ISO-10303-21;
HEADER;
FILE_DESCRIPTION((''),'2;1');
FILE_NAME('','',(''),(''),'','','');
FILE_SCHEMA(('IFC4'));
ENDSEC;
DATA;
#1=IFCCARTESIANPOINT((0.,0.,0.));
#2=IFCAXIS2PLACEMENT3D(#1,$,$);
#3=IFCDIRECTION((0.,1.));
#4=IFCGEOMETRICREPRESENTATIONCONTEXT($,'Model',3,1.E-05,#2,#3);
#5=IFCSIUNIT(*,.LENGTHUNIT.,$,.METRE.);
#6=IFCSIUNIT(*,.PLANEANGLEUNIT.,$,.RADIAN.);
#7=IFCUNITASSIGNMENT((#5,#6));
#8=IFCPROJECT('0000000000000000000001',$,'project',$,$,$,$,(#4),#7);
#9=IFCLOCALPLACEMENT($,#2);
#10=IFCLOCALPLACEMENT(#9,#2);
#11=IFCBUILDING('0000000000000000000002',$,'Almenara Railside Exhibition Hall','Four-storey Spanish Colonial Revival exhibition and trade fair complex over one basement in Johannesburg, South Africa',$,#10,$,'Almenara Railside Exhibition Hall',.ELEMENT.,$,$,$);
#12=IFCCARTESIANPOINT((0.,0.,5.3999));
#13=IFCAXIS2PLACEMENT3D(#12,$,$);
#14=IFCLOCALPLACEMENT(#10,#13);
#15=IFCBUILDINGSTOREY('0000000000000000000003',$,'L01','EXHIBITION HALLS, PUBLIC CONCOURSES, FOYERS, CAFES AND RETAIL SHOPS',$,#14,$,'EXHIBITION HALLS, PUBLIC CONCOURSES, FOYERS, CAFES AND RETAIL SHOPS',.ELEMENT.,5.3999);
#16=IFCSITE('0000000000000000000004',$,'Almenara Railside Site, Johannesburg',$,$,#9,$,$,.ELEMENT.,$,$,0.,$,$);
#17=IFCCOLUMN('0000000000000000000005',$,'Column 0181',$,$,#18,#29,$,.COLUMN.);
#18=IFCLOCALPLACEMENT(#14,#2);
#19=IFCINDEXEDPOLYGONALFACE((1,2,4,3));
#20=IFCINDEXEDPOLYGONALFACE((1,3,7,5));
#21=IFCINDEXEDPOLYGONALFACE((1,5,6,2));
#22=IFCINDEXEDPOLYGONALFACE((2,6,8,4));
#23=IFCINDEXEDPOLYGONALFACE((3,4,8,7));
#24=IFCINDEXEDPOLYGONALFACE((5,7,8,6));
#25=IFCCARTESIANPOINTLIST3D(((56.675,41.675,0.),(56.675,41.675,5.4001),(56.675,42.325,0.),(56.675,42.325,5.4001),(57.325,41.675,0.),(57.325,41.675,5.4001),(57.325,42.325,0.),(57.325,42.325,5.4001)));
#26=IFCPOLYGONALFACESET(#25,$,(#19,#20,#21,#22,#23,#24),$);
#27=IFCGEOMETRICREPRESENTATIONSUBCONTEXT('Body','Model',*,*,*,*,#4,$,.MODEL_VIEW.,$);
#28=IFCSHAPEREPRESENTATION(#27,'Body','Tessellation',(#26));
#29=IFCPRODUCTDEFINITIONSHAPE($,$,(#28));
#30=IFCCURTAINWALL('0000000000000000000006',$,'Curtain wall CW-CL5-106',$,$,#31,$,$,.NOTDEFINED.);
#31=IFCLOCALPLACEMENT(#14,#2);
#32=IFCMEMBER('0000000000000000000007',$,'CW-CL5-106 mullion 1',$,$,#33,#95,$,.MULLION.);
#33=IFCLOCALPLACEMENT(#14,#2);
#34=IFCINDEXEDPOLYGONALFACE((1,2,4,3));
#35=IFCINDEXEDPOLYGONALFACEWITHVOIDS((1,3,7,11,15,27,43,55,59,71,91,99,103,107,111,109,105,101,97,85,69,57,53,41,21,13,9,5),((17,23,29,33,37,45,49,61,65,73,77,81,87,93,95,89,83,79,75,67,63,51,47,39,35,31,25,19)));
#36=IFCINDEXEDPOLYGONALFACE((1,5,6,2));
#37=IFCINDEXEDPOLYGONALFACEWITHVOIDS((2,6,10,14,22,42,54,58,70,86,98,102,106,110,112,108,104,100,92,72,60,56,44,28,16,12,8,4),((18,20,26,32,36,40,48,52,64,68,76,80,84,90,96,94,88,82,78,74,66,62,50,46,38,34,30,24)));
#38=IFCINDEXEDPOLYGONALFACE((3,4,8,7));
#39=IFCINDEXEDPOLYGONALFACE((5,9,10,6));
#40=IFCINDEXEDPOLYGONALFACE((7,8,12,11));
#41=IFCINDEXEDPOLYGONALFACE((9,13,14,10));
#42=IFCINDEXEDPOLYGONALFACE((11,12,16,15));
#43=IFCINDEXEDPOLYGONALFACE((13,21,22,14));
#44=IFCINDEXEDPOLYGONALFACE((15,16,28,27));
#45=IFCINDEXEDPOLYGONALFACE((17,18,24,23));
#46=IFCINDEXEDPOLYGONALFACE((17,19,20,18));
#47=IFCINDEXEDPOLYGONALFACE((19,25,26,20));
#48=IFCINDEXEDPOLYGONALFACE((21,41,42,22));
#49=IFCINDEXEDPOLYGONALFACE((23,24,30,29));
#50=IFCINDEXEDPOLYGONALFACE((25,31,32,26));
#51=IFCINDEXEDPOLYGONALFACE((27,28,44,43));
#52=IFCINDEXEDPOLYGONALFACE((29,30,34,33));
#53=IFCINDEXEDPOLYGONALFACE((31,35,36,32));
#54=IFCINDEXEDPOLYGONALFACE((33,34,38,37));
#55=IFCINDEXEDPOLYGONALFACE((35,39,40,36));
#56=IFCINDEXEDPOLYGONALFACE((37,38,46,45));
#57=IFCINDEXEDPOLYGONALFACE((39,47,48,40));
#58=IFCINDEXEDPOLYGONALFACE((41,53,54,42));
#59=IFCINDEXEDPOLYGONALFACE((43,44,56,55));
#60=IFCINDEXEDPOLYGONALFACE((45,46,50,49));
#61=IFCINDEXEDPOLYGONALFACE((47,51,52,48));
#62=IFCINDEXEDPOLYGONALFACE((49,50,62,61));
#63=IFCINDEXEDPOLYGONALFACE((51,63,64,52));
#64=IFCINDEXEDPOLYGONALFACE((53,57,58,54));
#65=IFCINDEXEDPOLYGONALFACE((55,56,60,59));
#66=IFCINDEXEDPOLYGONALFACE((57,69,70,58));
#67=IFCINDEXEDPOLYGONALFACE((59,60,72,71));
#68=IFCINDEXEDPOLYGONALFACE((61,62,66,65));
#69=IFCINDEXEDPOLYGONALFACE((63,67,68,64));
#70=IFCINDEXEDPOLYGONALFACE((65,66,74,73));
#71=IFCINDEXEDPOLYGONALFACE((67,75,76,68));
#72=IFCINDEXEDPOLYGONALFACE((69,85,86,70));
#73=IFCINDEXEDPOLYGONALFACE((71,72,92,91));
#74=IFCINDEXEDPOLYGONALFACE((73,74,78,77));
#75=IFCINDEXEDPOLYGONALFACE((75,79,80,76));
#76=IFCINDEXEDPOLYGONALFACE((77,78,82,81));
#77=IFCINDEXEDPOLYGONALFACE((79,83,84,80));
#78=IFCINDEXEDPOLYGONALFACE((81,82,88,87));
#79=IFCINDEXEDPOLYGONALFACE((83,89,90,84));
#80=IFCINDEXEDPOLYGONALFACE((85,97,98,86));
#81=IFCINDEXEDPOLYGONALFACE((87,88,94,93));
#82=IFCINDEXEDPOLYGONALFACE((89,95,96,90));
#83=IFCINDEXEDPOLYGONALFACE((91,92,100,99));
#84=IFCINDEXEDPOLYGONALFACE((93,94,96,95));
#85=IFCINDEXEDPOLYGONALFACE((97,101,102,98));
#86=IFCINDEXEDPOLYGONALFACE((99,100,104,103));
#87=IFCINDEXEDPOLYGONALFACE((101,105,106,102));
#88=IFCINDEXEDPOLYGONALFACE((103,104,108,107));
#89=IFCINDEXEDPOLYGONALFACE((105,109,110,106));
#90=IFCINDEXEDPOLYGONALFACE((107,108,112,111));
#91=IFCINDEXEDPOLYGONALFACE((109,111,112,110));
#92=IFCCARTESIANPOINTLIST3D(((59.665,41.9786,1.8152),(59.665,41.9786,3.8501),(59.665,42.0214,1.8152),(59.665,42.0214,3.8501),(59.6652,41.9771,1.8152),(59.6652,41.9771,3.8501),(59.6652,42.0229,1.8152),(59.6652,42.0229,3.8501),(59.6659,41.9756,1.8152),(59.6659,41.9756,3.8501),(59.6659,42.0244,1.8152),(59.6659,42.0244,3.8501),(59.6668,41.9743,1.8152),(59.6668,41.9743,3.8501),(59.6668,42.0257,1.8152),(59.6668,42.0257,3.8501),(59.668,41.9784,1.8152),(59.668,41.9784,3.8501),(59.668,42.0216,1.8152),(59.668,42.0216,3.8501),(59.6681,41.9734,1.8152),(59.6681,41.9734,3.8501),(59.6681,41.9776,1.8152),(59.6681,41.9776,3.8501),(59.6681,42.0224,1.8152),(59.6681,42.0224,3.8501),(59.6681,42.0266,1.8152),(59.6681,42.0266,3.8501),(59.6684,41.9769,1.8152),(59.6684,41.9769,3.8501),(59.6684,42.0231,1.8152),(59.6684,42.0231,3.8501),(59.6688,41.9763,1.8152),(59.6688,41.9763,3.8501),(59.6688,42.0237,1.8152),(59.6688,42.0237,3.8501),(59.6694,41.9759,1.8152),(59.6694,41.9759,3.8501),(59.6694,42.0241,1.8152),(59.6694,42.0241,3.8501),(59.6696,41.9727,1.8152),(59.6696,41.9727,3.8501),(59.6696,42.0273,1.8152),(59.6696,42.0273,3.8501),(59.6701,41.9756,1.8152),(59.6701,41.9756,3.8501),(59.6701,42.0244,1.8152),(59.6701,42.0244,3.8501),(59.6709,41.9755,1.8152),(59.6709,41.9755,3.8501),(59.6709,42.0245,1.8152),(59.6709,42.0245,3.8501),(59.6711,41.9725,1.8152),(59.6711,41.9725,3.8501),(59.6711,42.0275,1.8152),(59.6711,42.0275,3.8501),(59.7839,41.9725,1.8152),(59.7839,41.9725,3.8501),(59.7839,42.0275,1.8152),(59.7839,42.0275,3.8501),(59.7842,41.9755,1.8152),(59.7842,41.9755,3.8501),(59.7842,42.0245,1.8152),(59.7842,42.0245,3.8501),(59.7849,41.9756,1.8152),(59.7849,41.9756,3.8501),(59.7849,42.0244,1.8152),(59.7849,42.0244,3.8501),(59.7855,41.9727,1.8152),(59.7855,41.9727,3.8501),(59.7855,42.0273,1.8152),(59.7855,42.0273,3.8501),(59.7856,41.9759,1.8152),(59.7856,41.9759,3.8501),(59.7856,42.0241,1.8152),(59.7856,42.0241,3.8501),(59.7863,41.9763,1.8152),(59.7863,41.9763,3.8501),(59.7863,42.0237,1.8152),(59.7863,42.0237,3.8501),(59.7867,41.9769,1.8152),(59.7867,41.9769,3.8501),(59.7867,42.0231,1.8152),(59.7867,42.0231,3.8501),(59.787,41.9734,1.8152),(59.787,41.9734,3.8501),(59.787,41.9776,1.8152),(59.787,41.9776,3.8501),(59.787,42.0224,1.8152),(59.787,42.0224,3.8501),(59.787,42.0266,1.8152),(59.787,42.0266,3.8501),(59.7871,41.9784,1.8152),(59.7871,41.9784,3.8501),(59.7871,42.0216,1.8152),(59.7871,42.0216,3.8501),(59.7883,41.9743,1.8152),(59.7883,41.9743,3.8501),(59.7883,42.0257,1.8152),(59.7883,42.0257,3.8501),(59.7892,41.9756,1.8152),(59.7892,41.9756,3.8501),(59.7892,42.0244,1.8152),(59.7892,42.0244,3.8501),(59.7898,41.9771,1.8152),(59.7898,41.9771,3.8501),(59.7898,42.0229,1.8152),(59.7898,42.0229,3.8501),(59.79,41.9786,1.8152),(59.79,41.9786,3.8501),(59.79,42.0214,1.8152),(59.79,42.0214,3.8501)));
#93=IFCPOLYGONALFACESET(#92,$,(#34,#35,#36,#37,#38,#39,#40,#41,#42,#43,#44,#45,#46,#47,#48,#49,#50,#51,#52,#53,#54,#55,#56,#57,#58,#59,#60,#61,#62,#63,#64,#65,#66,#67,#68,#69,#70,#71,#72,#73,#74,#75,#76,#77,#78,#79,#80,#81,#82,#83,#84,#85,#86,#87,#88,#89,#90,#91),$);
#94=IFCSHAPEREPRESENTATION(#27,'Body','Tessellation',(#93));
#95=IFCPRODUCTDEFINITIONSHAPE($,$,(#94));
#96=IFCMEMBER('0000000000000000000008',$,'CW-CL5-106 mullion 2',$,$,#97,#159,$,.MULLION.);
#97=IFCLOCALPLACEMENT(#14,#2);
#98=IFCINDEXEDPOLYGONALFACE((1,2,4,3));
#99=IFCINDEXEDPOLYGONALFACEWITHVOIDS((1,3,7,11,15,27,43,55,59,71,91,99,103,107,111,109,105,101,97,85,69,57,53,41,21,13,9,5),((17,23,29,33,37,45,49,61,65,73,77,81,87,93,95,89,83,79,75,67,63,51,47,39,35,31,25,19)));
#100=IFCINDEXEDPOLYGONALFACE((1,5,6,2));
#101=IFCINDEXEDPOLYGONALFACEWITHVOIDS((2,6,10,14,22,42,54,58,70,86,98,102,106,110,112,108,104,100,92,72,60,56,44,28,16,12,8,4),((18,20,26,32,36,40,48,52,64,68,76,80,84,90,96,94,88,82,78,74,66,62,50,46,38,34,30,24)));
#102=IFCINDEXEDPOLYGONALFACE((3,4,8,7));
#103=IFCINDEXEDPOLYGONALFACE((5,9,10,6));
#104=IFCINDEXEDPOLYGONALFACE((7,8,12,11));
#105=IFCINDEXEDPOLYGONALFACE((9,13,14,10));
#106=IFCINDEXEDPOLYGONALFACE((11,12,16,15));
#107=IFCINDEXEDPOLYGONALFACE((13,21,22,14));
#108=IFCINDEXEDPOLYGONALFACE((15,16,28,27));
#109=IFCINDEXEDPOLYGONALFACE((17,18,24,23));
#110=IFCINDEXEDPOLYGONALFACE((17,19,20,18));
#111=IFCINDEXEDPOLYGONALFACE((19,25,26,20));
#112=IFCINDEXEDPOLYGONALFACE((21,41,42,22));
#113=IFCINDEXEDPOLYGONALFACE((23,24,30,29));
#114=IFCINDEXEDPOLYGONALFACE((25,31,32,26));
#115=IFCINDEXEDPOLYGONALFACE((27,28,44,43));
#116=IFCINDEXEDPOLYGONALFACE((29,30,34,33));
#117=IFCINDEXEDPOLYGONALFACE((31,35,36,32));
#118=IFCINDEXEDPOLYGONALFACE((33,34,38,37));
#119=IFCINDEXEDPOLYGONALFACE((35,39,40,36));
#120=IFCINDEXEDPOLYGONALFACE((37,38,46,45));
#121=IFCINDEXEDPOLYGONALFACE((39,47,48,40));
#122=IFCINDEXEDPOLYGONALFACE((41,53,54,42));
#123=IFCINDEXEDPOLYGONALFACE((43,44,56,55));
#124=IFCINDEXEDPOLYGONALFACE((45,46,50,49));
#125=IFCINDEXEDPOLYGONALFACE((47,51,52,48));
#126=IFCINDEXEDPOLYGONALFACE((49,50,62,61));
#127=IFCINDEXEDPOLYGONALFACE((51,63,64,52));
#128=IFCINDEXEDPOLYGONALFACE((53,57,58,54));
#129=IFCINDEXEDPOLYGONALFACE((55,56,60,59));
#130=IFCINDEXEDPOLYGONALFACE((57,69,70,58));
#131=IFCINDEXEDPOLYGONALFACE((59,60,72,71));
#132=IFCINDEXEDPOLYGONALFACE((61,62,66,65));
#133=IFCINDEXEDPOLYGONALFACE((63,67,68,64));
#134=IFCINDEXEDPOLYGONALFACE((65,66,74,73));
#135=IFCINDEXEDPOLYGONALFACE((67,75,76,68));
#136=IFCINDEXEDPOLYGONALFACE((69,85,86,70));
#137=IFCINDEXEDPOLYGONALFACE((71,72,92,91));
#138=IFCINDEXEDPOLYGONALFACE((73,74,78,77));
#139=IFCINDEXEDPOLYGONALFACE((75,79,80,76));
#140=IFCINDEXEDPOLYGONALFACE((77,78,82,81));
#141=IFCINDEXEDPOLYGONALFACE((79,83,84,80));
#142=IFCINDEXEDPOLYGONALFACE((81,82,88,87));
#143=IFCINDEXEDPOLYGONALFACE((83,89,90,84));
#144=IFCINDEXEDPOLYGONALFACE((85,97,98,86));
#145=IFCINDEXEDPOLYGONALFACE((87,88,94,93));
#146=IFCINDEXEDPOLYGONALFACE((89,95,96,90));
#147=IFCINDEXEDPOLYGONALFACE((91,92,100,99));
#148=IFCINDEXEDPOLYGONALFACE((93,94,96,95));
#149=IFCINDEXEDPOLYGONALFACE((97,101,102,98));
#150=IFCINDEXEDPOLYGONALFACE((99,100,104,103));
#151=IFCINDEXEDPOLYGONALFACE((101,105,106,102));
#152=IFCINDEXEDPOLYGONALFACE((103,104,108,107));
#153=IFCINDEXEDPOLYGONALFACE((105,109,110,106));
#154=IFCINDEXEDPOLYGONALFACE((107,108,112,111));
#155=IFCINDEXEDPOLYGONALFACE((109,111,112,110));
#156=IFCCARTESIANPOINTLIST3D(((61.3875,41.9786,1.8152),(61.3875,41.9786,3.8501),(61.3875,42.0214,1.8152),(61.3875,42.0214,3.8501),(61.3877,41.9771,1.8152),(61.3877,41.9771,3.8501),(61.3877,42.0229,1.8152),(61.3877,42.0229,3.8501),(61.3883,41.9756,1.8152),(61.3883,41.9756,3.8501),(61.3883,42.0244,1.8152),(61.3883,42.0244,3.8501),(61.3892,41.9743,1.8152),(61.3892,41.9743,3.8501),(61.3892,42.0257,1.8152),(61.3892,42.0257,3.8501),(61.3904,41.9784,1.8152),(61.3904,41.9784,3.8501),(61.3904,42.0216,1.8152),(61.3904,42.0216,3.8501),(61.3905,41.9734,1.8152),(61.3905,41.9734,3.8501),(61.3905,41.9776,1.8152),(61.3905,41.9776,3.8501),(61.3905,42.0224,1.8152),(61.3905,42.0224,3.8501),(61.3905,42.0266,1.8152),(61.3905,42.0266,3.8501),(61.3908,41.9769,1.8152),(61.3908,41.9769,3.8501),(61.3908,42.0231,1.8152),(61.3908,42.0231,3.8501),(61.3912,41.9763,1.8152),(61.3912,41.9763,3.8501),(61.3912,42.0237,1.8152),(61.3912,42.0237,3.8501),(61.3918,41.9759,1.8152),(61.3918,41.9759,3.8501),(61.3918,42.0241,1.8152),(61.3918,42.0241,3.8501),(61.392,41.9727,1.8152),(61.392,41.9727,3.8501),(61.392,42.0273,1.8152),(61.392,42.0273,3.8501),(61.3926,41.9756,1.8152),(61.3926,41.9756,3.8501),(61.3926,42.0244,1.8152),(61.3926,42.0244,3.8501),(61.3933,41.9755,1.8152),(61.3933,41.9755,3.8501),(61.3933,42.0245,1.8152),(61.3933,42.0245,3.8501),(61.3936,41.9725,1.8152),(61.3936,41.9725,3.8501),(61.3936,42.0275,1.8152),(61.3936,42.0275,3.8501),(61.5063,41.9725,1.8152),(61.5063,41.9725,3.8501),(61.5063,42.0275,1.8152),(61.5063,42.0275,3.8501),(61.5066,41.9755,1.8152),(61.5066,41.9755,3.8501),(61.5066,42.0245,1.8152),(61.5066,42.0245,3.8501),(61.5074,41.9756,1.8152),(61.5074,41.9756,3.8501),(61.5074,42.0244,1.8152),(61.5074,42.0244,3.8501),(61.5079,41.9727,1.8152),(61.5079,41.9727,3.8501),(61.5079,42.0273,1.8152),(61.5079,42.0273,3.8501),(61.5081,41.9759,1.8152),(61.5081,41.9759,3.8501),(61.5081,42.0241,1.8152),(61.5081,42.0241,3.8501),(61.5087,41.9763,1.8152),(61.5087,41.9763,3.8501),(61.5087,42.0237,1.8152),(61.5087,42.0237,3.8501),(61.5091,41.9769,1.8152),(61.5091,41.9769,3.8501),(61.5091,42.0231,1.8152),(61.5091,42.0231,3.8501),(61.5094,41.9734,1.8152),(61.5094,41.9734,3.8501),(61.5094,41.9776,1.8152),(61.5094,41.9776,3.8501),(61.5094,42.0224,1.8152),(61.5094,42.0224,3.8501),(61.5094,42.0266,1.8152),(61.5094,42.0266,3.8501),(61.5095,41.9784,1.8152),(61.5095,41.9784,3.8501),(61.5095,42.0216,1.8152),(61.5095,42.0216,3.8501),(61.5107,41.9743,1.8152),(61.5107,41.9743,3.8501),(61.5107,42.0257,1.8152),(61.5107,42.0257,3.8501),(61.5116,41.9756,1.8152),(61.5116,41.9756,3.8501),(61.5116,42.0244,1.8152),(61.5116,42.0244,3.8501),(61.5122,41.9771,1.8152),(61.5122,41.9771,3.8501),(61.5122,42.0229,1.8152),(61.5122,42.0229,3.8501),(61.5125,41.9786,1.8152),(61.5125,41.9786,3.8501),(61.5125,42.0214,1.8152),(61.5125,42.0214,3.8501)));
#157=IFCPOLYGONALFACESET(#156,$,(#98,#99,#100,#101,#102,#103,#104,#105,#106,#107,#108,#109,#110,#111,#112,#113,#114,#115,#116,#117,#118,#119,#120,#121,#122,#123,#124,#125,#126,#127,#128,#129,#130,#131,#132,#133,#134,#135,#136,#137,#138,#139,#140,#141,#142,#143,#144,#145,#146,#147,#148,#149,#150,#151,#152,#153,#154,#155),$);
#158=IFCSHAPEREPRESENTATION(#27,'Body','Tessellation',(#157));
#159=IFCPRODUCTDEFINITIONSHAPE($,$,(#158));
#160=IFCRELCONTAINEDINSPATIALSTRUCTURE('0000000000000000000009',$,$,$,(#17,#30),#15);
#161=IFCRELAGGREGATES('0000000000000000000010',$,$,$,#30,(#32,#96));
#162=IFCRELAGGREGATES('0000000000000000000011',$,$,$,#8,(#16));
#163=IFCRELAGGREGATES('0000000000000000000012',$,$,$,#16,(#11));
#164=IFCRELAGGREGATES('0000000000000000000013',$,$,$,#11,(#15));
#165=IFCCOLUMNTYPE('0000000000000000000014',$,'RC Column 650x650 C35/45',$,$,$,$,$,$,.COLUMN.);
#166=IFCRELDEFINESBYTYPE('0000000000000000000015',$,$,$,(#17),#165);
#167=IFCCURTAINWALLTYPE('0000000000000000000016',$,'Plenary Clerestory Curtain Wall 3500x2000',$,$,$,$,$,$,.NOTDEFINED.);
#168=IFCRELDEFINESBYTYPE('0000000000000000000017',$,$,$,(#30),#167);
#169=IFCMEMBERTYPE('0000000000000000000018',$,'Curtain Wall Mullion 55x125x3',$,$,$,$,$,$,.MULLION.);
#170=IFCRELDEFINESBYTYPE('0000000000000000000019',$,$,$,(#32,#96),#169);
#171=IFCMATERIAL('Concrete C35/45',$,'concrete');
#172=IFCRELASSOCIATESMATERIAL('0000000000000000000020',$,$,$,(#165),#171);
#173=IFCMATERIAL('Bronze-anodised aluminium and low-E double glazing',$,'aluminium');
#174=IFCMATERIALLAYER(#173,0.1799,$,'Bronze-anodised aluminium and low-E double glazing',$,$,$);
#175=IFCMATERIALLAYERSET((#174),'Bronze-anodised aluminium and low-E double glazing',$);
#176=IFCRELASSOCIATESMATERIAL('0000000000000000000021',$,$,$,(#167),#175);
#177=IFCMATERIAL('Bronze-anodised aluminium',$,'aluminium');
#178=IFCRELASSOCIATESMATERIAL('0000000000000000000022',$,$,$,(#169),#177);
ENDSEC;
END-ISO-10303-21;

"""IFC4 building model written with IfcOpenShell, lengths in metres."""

from ifc_helpers import new_model, si_unit, direction, frame, origin, origin_2d, place, context, subcontext, project, spatial, rectangle, hollow_rectangle, extrude, material, layer, layer_set, material_profile, profile_set, type_object, element, aggregate, save


model = new_model("IFC4")

# Units and contexts
model_context = context("Model", 3, precision=1e-05, world=origin(), true_north=direction((0.0, 1.0)))
body_context = subcontext(model_context, "Body", "Model", "MODEL_VIEW")
ifc_project = project(units=[si_unit("LENGTHUNIT", "METRE"), si_unit("PLANEANGLEUNIT", "RADIAN")], contexts=[model_context])

# Site, building, storey
site_placement = place(None, origin())
site = spatial("IfcSite", under=ifc_project, at=site_placement, Name="Almenara Railside Site, Johannesburg", CompositionType="ELEMENT", RefElevation=0.0)
building_placement = place(site_placement, origin())
building = spatial("IfcBuilding", under=site, at=building_placement, Name="Almenara Railside Exhibition Hall", Description="Four-storey Spanish Colonial Revival exhibition and trade fair complex over one basement in Johannesburg, South Africa", LongName="Almenara Railside Exhibition Hall", CompositionType="ELEMENT")
storey_placement = place(building_placement, frame((0.0, 0.0, 5.3999)))
storey = spatial("IfcBuildingStorey", under=building, at=storey_placement, Name="L01", Description="EXHIBITION HALLS, PUBLIC CONCOURSES, FOYERS, CAFES AND RETAIL SHOPS", LongName="EXHIBITION HALLS, PUBLIC CONCOURSES, FOYERS, CAFES AND RETAIL SHOPS", CompositionType="ELEMENT", Elevation=5.3999)

# Column
ifc_material_1 = material(Name="Concrete C35/45", Category="concrete")
ifc_material_profile_1 = material_profile(ifc_material_1, rectangle(XDim=0.6499, YDim=0.6499, at=origin_2d()), Name="RC 650x650")
ifc_profile_set_1 = profile_set([ifc_material_profile_1], Name="Concrete C35/45")
column_type = type_object("IfcColumnType", Name="RC Column 650x650 C35/45", PredefinedType="COLUMN", material=ifc_profile_set_1)
column_placement = place(storey_placement, frame((57.0, 42.0, 0.0), z_axis=(0.0, 0.0, 1.0), x_axis=(1.0, 0.0, 0.0)))
element("IfcColumn", 1, at=column_placement, inside=storey, type_object=column_type, Name="Column 0181", PredefinedType="COLUMN", context=body_context, shape_type="SweptSolid", body=[
    extrude(rectangle(XDim=0.6499, YDim=0.6499, at=origin_2d()), origin(), (0.0, 0.0, 1.0), 5.4001),
])

# Curtain wall, members
ifc_material_2 = material(Name="Bronze-anodised aluminium and low-E double glazing", Category="aluminium")
ifc_layer_1 = layer(ifc_material_2, 0.1799, Name="Bronze-anodised aluminium and low-E double glazing")
ifc_layer_set_1 = layer_set([ifc_layer_1], Name="Bronze-anodised aluminium and low-E double glazing")
curtain_wall_type_1 = type_object("IfcCurtainWallType", Name="Plenary Clerestory Curtain Wall 3500x2000", PredefinedType="NOTDEFINED", material=ifc_layer_set_1)
curtain_wall_1_placement = place(storey_placement, origin())
curtain_wall_1 = element("IfcCurtainWall", 2, at=curtain_wall_1_placement, inside=storey, type_object=curtain_wall_type_1, Name="Curtain wall CW-CL5-106", PredefinedType="NOTDEFINED")
ifc_material_3 = material(Name="Bronze-anodised aluminium", Category="aluminium")
ifc_material_profile_2 = material_profile(ifc_material_3, hollow_rectangle(XDim=0.0549, YDim=0.125, WallThickness=0.0029, InnerFilletRadius=0.0029, OuterFilletRadius=0.0061, at=origin_2d()), Name="ALU-MUL 55x125x3")
ifc_profile_set_2 = profile_set([ifc_material_profile_2], Name="Bronze-anodised aluminium")
member_type_1 = type_object("IfcMemberType", Name="Curtain Wall Mullion 55x125x3", PredefinedType="MULLION", material=ifc_profile_set_2)
member_1_placement = place(storey_placement, frame((59.7275, 42.0, 1.8152), z_axis=(0.0, 0.0, 1.0), x_axis=(0.0, 1.0, 0.0)))
member_1 = element("IfcMember", 3, at=member_1_placement, type_object=member_type_1, Name="CW-CL5-106 mullion 1", PredefinedType="MULLION", context=body_context, shape_type="SweptSolid", body=[
    extrude(hollow_rectangle(XDim=0.0549, YDim=0.125, WallThickness=0.0029, InnerFilletRadius=0.0029, OuterFilletRadius=0.0061, at=origin_2d()), origin(), (0.0, 0.0, 1.0), 2.0349),
])
member_2_placement = place(storey_placement, frame((61.45, 42.0, 1.8152), z_axis=(0.0, 0.0, 1.0), x_axis=(0.0, 1.0, 0.0)))
member_2 = element("IfcMember", 4, at=member_2_placement, type_object=member_type_1, Name="CW-CL5-106 mullion 2", PredefinedType="MULLION", context=body_context, shape_type="SweptSolid", body=[
    extrude(hollow_rectangle(XDim=0.0549, YDim=0.125, WallThickness=0.0029, InnerFilletRadius=0.0029, OuterFilletRadius=0.0061, at=origin_2d()), origin(), (0.0, 0.0, 1.0), 2.0349),
])

aggregate(curtain_wall_1, [member_1, member_2])

save(model, "model.ifc")
